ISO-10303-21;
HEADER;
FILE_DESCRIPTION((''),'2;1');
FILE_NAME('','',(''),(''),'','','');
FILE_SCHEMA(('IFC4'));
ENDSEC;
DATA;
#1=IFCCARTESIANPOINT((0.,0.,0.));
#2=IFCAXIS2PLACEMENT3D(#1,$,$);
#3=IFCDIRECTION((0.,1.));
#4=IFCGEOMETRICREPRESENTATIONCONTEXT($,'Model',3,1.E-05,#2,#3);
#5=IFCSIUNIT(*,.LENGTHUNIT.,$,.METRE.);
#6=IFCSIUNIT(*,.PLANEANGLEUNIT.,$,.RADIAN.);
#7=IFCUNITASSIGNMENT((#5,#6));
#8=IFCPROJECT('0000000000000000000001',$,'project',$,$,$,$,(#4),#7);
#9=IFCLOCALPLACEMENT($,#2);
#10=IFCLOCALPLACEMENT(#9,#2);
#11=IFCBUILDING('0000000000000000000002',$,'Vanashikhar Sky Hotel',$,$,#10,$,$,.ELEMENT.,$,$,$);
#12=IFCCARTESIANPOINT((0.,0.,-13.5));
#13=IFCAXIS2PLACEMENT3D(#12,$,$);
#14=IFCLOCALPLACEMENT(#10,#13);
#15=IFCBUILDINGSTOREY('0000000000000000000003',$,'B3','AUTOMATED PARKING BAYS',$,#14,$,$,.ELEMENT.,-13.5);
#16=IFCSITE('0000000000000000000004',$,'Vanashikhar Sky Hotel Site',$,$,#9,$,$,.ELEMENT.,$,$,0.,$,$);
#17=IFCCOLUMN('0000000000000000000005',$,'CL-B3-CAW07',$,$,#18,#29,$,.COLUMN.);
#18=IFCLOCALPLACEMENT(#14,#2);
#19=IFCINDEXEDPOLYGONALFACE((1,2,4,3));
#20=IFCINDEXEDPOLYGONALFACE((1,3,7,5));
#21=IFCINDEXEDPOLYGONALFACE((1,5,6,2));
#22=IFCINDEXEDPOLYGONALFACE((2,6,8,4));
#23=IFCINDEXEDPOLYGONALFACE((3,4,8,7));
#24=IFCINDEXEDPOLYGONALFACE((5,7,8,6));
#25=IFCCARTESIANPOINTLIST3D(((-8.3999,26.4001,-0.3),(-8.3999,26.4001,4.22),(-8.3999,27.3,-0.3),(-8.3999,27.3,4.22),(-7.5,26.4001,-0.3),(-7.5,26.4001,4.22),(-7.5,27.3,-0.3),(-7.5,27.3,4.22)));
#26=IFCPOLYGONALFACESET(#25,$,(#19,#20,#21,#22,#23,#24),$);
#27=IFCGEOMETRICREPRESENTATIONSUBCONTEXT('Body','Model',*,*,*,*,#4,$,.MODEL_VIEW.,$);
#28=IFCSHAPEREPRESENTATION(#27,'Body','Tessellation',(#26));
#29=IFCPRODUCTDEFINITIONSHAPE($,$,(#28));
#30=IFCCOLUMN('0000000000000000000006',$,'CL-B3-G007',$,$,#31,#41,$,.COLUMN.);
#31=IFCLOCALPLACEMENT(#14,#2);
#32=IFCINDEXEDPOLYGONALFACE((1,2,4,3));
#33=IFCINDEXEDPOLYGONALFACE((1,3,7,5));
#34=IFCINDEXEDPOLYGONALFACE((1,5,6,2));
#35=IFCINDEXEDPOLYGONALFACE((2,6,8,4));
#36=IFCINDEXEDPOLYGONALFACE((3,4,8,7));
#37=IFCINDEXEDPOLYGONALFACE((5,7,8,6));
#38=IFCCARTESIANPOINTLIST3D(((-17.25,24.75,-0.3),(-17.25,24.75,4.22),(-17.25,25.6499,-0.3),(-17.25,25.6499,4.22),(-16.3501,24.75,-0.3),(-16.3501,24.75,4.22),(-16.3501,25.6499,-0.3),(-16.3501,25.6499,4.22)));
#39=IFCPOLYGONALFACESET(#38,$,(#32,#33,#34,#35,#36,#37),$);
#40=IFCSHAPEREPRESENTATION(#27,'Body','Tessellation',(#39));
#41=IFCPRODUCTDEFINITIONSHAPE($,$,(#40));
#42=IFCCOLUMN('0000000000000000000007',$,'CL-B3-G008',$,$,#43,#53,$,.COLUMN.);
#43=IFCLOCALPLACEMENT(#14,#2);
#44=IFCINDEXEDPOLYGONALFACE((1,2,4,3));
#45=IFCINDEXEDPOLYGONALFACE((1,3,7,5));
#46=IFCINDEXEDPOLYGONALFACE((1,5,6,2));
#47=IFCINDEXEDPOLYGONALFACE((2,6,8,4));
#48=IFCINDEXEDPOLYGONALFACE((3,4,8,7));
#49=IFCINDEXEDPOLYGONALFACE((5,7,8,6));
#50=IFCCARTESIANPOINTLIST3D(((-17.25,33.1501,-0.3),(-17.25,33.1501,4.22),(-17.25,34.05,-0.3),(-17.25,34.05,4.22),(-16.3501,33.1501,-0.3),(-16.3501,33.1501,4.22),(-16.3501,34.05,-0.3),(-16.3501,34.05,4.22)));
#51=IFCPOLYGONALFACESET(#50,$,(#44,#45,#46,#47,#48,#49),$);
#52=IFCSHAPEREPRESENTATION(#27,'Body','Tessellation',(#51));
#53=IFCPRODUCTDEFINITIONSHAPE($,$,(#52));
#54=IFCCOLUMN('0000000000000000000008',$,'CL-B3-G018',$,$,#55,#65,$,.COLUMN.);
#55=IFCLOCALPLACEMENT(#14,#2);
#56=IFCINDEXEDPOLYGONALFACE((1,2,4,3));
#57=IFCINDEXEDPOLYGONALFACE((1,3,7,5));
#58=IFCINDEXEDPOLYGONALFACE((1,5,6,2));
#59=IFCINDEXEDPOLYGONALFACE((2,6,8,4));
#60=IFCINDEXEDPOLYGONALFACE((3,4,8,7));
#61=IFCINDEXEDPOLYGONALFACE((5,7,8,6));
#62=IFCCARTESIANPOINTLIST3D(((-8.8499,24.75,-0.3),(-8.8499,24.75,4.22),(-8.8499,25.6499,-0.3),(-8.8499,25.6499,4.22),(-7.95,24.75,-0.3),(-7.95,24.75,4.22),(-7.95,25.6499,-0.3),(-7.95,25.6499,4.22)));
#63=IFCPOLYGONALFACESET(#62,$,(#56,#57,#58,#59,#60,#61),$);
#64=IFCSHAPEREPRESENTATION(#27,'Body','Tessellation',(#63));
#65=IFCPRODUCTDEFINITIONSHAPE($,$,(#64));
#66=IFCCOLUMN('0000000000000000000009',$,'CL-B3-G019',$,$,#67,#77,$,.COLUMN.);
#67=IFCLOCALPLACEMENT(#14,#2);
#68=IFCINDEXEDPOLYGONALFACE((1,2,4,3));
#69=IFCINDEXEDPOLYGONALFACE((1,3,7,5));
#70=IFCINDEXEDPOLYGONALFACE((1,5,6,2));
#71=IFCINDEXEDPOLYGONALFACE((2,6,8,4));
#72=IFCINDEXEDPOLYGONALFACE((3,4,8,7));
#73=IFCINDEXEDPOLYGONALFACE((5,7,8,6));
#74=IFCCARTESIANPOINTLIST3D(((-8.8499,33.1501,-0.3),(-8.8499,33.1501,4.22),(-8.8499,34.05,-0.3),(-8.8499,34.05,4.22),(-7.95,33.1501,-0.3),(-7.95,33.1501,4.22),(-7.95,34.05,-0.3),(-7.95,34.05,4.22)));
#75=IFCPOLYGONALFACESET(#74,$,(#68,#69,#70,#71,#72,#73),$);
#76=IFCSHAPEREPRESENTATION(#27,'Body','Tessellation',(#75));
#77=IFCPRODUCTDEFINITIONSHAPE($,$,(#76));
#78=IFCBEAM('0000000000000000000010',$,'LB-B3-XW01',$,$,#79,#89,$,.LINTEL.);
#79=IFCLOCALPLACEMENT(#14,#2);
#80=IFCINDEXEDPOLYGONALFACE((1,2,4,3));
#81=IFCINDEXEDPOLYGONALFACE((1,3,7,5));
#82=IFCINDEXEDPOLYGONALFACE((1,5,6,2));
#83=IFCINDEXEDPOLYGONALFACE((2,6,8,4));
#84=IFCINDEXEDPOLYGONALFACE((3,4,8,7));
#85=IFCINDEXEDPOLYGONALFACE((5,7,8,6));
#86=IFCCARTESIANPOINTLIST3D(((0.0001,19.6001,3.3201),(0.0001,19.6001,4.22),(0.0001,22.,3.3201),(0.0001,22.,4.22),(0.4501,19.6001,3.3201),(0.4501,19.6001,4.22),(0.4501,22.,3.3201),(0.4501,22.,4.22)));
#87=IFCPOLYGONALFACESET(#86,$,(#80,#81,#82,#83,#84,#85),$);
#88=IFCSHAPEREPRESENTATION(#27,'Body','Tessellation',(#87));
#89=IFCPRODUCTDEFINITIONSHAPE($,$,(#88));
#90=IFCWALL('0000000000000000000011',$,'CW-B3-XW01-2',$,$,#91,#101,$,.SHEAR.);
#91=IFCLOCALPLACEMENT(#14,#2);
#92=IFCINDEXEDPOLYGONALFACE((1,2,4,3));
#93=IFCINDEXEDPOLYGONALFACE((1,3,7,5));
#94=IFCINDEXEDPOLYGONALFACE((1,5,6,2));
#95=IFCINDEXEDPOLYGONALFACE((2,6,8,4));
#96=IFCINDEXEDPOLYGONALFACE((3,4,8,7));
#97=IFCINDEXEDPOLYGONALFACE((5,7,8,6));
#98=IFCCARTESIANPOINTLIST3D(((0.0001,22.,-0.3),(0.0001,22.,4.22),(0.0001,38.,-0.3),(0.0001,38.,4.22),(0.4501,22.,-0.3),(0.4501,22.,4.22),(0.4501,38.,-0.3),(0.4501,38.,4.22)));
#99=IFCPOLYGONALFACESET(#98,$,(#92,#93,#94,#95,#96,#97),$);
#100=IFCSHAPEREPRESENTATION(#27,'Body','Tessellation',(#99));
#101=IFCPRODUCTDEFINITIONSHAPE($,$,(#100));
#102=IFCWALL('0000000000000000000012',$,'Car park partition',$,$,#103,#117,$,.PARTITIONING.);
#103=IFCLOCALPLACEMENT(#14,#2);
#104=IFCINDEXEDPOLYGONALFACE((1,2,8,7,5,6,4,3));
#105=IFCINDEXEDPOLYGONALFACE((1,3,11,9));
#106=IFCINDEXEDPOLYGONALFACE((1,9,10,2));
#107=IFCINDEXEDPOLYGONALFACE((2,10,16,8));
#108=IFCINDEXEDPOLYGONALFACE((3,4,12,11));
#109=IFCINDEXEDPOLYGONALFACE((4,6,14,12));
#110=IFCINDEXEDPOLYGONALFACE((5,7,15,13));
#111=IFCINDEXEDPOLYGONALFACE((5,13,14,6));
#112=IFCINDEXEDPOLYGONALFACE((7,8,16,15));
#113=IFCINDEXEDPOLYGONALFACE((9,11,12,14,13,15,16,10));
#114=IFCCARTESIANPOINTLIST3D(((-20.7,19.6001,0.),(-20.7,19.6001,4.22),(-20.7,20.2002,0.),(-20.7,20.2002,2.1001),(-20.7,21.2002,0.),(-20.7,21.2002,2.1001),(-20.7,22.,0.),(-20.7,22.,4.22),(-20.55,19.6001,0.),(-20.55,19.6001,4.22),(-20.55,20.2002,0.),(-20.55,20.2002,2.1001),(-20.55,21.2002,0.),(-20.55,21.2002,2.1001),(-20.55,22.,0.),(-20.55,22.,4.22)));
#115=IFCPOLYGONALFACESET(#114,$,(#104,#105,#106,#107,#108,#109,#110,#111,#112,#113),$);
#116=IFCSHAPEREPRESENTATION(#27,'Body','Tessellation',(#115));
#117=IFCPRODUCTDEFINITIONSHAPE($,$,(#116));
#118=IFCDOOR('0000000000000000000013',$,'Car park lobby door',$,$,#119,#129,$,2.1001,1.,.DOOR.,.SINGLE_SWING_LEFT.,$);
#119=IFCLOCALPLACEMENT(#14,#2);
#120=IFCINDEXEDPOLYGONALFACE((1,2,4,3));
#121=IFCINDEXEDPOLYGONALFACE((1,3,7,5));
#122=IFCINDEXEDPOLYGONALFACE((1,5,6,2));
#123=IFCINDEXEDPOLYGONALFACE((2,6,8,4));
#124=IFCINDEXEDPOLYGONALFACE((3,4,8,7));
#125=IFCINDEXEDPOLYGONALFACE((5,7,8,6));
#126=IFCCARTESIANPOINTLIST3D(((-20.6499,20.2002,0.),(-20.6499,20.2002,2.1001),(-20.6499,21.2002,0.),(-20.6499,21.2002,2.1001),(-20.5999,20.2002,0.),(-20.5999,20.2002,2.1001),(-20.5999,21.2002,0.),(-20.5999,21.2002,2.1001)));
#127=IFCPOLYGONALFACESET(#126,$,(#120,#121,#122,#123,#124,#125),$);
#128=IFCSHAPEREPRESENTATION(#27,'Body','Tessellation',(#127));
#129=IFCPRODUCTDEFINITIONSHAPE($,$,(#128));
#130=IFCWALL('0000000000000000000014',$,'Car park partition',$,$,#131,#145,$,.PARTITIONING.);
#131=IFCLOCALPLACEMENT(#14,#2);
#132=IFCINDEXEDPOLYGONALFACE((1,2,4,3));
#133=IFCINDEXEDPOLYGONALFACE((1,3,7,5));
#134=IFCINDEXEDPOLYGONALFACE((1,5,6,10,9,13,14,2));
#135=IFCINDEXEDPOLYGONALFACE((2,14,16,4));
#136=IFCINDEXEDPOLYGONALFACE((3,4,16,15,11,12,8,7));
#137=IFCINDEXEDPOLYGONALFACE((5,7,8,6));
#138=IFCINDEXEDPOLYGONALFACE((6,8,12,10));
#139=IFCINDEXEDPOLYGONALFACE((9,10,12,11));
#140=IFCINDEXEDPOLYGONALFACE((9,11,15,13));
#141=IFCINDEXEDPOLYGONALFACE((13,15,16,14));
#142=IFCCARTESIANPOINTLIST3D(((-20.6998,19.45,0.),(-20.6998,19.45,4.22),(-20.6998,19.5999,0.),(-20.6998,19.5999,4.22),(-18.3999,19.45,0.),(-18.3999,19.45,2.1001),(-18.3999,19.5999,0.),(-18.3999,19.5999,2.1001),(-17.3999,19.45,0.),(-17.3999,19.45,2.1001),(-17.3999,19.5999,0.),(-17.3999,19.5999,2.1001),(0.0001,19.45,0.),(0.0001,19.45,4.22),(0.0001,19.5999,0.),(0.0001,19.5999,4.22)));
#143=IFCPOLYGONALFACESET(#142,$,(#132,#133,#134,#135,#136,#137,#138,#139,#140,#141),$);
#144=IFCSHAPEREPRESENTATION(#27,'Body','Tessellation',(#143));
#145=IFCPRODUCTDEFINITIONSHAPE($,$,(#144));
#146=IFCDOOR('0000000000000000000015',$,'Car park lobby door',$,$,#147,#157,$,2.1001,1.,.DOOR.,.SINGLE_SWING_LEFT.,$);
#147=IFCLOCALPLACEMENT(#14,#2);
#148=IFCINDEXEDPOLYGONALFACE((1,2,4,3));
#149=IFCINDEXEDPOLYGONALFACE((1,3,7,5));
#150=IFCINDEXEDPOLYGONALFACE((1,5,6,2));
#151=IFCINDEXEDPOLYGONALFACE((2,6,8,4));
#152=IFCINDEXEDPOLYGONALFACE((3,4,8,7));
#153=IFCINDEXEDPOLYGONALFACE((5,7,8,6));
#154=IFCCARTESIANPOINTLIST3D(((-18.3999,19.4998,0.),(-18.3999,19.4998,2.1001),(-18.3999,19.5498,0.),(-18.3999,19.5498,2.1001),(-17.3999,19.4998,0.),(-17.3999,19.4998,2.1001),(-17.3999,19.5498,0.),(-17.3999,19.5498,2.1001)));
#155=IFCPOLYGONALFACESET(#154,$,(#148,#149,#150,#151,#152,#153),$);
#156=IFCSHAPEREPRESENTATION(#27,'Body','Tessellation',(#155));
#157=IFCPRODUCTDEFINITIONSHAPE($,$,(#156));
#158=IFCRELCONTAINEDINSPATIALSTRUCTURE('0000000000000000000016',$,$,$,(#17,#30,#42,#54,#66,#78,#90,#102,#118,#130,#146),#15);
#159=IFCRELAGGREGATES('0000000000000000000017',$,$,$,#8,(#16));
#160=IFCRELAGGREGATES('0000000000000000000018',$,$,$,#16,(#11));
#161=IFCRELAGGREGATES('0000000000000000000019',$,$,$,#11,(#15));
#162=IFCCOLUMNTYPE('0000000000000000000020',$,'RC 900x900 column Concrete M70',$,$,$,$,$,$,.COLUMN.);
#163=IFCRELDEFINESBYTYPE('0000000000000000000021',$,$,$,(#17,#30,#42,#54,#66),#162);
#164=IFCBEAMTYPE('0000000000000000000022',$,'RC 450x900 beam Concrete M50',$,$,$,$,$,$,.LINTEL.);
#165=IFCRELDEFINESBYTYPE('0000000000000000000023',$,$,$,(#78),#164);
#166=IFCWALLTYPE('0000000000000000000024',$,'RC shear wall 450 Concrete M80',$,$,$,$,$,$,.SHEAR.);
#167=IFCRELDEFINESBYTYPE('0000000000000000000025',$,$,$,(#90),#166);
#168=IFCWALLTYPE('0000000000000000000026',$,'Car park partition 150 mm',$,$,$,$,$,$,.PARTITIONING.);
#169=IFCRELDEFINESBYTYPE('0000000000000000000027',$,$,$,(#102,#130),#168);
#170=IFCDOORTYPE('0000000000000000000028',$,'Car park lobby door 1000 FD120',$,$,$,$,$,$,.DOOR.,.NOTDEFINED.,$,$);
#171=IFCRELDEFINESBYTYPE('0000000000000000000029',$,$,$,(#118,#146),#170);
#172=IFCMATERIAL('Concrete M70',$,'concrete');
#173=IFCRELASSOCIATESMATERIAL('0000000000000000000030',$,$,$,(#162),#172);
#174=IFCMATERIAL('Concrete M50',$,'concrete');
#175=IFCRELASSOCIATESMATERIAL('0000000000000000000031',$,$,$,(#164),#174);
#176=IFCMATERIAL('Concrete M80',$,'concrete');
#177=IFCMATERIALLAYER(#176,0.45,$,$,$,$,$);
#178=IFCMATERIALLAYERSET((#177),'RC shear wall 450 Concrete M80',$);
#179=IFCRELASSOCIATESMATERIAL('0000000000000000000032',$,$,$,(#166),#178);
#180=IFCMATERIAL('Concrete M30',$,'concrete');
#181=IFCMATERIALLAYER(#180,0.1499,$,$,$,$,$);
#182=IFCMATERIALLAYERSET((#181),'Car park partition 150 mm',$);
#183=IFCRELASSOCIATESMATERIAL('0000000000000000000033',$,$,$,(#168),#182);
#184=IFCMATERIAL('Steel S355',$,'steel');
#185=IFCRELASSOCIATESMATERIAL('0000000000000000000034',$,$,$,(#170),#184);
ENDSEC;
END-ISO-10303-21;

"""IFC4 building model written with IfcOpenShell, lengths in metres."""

from ifc_helpers import new_model, si_unit, direction, frame, frame_2d, origin, origin_2d, place, context, subcontext, project, spatial, rectangle, extrude, source, transform, mapped, material, layer, layer_set, material_profile, profile_set, type_object, element, fill, save


model = new_model("IFC4")

# Units and contexts
model_context = context("Model", 3, precision=1e-05, world=origin(), true_north=direction((0.0, 1.0)))
body_context = subcontext(model_context, "Body", "Model", "MODEL_VIEW")
ifc_project = project(units=[si_unit("LENGTHUNIT", "METRE"), si_unit("PLANEANGLEUNIT", "RADIAN")], contexts=[model_context])

# Site, building, storey
site_placement = place(None, origin())
site = spatial("IfcSite", under=ifc_project, at=site_placement, Name="Vanashikhar Sky Hotel Site", CompositionType="ELEMENT", RefElevation=0.0)
building_placement = place(site_placement, origin())
building = spatial("IfcBuilding", under=site, at=building_placement, Name="Vanashikhar Sky Hotel", CompositionType="ELEMENT")
storey_placement = place(building_placement, frame((0.0, 0.0, -13.5)))
storey = spatial("IfcBuildingStorey", under=building, at=storey_placement, Name="B3", Description="AUTOMATED PARKING BAYS", CompositionType="ELEMENT", Elevation=-13.5)

# Columns
ifc_material_1 = material(Name="Concrete M70", Category="concrete")
ifc_material_profile_1 = material_profile(ifc_material_1, rectangle(XDim=0.8999, YDim=0.8999, at=origin_2d()))
ifc_profile_set_1 = profile_set([ifc_material_profile_1], Name="RC 900x900 column Concrete M70")
column_type = type_object("IfcColumnType", Name="RC 900x900 column Concrete M70", PredefinedType="COLUMN", material=ifc_profile_set_1)
shared_shape_1 = source(origin(), body_context, "Body", "SweptSolid", [
    extrude(rectangle(XDim=0.8999, YDim=0.8999, at=origin_2d()), origin(), (0.0, 0.0, 1.0), 4.52),
])
for number, where, z_axis, x_axis, name in (
    (1, (-7.95, 26.8501, -0.3), (0.0, 0.0, 1.0), (1.0, 0.0, 0.0), "CL-B3-CAW07"),
    (2, (-16.8, 25.2, -0.3), (0.0, 0.0, 1.0), (1.0, 0.0, 0.0), "CL-B3-G007"),
    (3, (-16.8, 33.6001, -0.3), (0.0, 0.0, 1.0), (1.0, 0.0, 0.0), "CL-B3-G008"),
    (4, (-8.3999, 25.2, -0.3), (0.0, 0.0, 1.0), (1.0, 0.0, 0.0), "CL-B3-G018"),
    (5, (-8.3999, 33.6001, -0.3), (0.0, 0.0, 1.0), (1.0, 0.0, 0.0), "CL-B3-G019"),
):
    element("IfcColumn", number, at=place(storey_placement, frame(where, z_axis=z_axis, x_axis=x_axis)), inside=storey, type_object=column_type, Name=name, PredefinedType="COLUMN", context=body_context, shape_type="MappedRepresentation", body=[
        mapped(shared_shape_1, transform((0.0, 0.0, 0.0), scale=1.0)),
    ])

# Beam
ifc_material_2 = material(Name="Concrete M50", Category="concrete")
ifc_material_profile_2 = material_profile(ifc_material_2, rectangle(XDim=0.45, YDim=0.8999, at=origin_2d()))
ifc_profile_set_2 = profile_set([ifc_material_profile_2], Name="RC 450x900 beam Concrete M50")
beam_type = type_object("IfcBeamType", Name="RC 450x900 beam Concrete M50", PredefinedType="LINTEL", material=ifc_profile_set_2)
shared_shape_2 = source(origin(), body_context, "Body", "SweptSolid", [
    extrude(rectangle(XDim=0.45, YDim=0.8999, at=origin_2d()), origin(), (0.0, 0.0, 1.0), 2.3999),
])
beam_placement = place(storey_placement, frame((0.2251, 19.6001, 3.77), z_axis=(0.0, 1.0, 0.0), x_axis=(-1.0, 0.0, 0.0)))
element("IfcBeam", 6, at=beam_placement, inside=storey, type_object=beam_type, Name="LB-B3-XW01", PredefinedType="LINTEL", context=body_context, shape_type="MappedRepresentation", body=[
    mapped(shared_shape_2, transform((0.0, 0.0, 0.0), scale=1.0)),
])

# Wall
ifc_material_3 = material(Name="Concrete M80", Category="concrete")
ifc_layer_1 = layer(ifc_material_3, 0.45)
ifc_layer_set_1 = layer_set([ifc_layer_1], Name="RC shear wall 450 Concrete M80")
wall_type_1 = type_object("IfcWallType", Name="RC shear wall 450 Concrete M80", PredefinedType="SHEAR", material=ifc_layer_set_1)
shared_shape_3 = source(origin(), body_context, "Body", "SweptSolid", [
    extrude(rectangle(XDim=16.0, YDim=0.45, at=frame_2d((8.0, 0.0))), origin(), (0.0, 0.0, 1.0), 4.52),
])
wall_1_placement = place(storey_placement, frame((0.2251, 22.0, -0.3), z_axis=(0.0, 0.0, 1.0), x_axis=(0.0, 1.0, 0.0)))
element("IfcWall", 7, at=wall_1_placement, inside=storey, type_object=wall_type_1, Name="CW-B3-XW01-2", PredefinedType="SHEAR", context=body_context, shape_type="MappedRepresentation", body=[
    mapped(shared_shape_3, transform((0.0, 0.0, 0.0), scale=1.0)),
])

# Walls, openings, doors
ifc_material_4 = material(Name="Concrete M30", Category="concrete")
ifc_layer_2 = layer(ifc_material_4, 0.1499)
ifc_layer_set_2 = layer_set([ifc_layer_2], Name="Car park partition 150 mm")
wall_type_2 = type_object("IfcWallType", Name="Car park partition 150 mm", PredefinedType="PARTITIONING", material=ifc_layer_set_2)
shared_shape_4 = source(origin(), body_context, "Body", "SweptSolid", [
    extrude(rectangle(XDim=2.3999, YDim=0.1499, at=frame_2d((1.2, 0.0))), origin(), (0.0, 0.0, 1.0), 4.22),
])
wall_2_placement = place(storey_placement, frame((-20.625, 19.6001, 0.0), z_axis=(0.0, 0.0, 1.0), x_axis=(0.0, 1.0, 0.0)))
wall_2 = element("IfcWall", 8, at=wall_2_placement, inside=storey, type_object=wall_type_2, Name="Car park partition", PredefinedType="PARTITIONING", context=body_context, shape_type="MappedRepresentation", body=[
    mapped(shared_shape_4, transform((0.0, 0.0, 0.0), scale=1.0)),
])
shared_shape_5 = source(origin(), body_context, "Body", "SweptSolid", [
    extrude(rectangle(XDim=1.0, YDim=2.1001, at=frame_2d((0.5, 1.05))), frame((0.0, 0.085, 0.0), z_axis=(0.0, -1.0, 0.0), x_axis=(1.0, 0.0, 0.0)), (0.0, 0.0, 1.0), 0.1699),
])
opening_1_placement = place(wall_2_placement, frame((0.6001, 0.0, 0.0)))
opening_1 = element("IfcOpeningElement", 9, at=opening_1_placement, cuts=wall_2, PredefinedType="OPENING", context=body_context, shape_type="MappedRepresentation", body=[
    mapped(shared_shape_5, transform((0.0, 0.0, 0.0), scale=1.0)),
])
ifc_material_5 = material(Name="Steel S355", Category="steel")
door_type = type_object("IfcDoorType", Name="Car park lobby door 1000 FD120", OperationType="NOTDEFINED", PredefinedType="DOOR", material=ifc_material_5)
shared_shape_6 = source(origin(), body_context, "Body", "SweptSolid", [
    extrude(rectangle(XDim=1.0, YDim=2.1001, at=frame_2d((0.5, 1.05))), frame((0.0, 0.0249, 0.0), z_axis=(0.0, -1.0, 0.0), x_axis=(1.0, 0.0, 0.0)), (0.0, 0.0, 1.0), 0.05),
])
door_1_placement = place(opening_1_placement, origin())
door_1 = element("IfcDoor", 10, at=door_1_placement, inside=storey, type_object=door_type, Name="Car park lobby door", OperationType="SINGLE_SWING_LEFT", OverallHeight=2.1001, OverallWidth=1.0, PredefinedType="DOOR", context=body_context, shape_type="MappedRepresentation", body=[
    mapped(shared_shape_6, transform((0.0, 0.0, 0.0), scale=1.0)),
])
fill(opening_1, door_1)
shared_shape_7 = source(origin(), body_context, "Body", "SweptSolid", [
    extrude(rectangle(XDim=20.7, YDim=0.1499, at=frame_2d((10.3501, 0.0))), origin(), (0.0, 0.0, 1.0), 4.22),
])
wall_3_placement = place(storey_placement, frame((-20.7, 19.5249, 0.0), z_axis=(0.0, 0.0, 1.0), x_axis=(1.0, 0.0, 0.0)))
wall_3 = element("IfcWall", 11, at=wall_3_placement, inside=storey, type_object=wall_type_2, Name="Car park partition", PredefinedType="PARTITIONING", context=body_context, shape_type="MappedRepresentation", body=[
    mapped(shared_shape_7, transform((0.0, 0.0, 0.0), scale=1.0)),
])
opening_2_placement = place(wall_3_placement, frame((2.3, 0.0, 0.0)))
opening_2 = element("IfcOpeningElement", 12, at=opening_2_placement, cuts=wall_3, PredefinedType="OPENING", context=body_context, shape_type="MappedRepresentation", body=[
    mapped(shared_shape_5, transform((0.0, 0.0, 0.0), scale=1.0)),
])
door_2_placement = place(opening_2_placement, origin())
door_2 = element("IfcDoor", 13, at=door_2_placement, inside=storey, type_object=door_type, Name="Car park lobby door", OperationType="SINGLE_SWING_LEFT", OverallHeight=2.1001, OverallWidth=1.0, PredefinedType="DOOR", context=body_context, shape_type="MappedRepresentation", body=[
    mapped(shared_shape_6, transform((0.0, 0.0, 0.0), scale=1.0)),
])
fill(opening_2, door_2)

save(model, "model.ifc")
